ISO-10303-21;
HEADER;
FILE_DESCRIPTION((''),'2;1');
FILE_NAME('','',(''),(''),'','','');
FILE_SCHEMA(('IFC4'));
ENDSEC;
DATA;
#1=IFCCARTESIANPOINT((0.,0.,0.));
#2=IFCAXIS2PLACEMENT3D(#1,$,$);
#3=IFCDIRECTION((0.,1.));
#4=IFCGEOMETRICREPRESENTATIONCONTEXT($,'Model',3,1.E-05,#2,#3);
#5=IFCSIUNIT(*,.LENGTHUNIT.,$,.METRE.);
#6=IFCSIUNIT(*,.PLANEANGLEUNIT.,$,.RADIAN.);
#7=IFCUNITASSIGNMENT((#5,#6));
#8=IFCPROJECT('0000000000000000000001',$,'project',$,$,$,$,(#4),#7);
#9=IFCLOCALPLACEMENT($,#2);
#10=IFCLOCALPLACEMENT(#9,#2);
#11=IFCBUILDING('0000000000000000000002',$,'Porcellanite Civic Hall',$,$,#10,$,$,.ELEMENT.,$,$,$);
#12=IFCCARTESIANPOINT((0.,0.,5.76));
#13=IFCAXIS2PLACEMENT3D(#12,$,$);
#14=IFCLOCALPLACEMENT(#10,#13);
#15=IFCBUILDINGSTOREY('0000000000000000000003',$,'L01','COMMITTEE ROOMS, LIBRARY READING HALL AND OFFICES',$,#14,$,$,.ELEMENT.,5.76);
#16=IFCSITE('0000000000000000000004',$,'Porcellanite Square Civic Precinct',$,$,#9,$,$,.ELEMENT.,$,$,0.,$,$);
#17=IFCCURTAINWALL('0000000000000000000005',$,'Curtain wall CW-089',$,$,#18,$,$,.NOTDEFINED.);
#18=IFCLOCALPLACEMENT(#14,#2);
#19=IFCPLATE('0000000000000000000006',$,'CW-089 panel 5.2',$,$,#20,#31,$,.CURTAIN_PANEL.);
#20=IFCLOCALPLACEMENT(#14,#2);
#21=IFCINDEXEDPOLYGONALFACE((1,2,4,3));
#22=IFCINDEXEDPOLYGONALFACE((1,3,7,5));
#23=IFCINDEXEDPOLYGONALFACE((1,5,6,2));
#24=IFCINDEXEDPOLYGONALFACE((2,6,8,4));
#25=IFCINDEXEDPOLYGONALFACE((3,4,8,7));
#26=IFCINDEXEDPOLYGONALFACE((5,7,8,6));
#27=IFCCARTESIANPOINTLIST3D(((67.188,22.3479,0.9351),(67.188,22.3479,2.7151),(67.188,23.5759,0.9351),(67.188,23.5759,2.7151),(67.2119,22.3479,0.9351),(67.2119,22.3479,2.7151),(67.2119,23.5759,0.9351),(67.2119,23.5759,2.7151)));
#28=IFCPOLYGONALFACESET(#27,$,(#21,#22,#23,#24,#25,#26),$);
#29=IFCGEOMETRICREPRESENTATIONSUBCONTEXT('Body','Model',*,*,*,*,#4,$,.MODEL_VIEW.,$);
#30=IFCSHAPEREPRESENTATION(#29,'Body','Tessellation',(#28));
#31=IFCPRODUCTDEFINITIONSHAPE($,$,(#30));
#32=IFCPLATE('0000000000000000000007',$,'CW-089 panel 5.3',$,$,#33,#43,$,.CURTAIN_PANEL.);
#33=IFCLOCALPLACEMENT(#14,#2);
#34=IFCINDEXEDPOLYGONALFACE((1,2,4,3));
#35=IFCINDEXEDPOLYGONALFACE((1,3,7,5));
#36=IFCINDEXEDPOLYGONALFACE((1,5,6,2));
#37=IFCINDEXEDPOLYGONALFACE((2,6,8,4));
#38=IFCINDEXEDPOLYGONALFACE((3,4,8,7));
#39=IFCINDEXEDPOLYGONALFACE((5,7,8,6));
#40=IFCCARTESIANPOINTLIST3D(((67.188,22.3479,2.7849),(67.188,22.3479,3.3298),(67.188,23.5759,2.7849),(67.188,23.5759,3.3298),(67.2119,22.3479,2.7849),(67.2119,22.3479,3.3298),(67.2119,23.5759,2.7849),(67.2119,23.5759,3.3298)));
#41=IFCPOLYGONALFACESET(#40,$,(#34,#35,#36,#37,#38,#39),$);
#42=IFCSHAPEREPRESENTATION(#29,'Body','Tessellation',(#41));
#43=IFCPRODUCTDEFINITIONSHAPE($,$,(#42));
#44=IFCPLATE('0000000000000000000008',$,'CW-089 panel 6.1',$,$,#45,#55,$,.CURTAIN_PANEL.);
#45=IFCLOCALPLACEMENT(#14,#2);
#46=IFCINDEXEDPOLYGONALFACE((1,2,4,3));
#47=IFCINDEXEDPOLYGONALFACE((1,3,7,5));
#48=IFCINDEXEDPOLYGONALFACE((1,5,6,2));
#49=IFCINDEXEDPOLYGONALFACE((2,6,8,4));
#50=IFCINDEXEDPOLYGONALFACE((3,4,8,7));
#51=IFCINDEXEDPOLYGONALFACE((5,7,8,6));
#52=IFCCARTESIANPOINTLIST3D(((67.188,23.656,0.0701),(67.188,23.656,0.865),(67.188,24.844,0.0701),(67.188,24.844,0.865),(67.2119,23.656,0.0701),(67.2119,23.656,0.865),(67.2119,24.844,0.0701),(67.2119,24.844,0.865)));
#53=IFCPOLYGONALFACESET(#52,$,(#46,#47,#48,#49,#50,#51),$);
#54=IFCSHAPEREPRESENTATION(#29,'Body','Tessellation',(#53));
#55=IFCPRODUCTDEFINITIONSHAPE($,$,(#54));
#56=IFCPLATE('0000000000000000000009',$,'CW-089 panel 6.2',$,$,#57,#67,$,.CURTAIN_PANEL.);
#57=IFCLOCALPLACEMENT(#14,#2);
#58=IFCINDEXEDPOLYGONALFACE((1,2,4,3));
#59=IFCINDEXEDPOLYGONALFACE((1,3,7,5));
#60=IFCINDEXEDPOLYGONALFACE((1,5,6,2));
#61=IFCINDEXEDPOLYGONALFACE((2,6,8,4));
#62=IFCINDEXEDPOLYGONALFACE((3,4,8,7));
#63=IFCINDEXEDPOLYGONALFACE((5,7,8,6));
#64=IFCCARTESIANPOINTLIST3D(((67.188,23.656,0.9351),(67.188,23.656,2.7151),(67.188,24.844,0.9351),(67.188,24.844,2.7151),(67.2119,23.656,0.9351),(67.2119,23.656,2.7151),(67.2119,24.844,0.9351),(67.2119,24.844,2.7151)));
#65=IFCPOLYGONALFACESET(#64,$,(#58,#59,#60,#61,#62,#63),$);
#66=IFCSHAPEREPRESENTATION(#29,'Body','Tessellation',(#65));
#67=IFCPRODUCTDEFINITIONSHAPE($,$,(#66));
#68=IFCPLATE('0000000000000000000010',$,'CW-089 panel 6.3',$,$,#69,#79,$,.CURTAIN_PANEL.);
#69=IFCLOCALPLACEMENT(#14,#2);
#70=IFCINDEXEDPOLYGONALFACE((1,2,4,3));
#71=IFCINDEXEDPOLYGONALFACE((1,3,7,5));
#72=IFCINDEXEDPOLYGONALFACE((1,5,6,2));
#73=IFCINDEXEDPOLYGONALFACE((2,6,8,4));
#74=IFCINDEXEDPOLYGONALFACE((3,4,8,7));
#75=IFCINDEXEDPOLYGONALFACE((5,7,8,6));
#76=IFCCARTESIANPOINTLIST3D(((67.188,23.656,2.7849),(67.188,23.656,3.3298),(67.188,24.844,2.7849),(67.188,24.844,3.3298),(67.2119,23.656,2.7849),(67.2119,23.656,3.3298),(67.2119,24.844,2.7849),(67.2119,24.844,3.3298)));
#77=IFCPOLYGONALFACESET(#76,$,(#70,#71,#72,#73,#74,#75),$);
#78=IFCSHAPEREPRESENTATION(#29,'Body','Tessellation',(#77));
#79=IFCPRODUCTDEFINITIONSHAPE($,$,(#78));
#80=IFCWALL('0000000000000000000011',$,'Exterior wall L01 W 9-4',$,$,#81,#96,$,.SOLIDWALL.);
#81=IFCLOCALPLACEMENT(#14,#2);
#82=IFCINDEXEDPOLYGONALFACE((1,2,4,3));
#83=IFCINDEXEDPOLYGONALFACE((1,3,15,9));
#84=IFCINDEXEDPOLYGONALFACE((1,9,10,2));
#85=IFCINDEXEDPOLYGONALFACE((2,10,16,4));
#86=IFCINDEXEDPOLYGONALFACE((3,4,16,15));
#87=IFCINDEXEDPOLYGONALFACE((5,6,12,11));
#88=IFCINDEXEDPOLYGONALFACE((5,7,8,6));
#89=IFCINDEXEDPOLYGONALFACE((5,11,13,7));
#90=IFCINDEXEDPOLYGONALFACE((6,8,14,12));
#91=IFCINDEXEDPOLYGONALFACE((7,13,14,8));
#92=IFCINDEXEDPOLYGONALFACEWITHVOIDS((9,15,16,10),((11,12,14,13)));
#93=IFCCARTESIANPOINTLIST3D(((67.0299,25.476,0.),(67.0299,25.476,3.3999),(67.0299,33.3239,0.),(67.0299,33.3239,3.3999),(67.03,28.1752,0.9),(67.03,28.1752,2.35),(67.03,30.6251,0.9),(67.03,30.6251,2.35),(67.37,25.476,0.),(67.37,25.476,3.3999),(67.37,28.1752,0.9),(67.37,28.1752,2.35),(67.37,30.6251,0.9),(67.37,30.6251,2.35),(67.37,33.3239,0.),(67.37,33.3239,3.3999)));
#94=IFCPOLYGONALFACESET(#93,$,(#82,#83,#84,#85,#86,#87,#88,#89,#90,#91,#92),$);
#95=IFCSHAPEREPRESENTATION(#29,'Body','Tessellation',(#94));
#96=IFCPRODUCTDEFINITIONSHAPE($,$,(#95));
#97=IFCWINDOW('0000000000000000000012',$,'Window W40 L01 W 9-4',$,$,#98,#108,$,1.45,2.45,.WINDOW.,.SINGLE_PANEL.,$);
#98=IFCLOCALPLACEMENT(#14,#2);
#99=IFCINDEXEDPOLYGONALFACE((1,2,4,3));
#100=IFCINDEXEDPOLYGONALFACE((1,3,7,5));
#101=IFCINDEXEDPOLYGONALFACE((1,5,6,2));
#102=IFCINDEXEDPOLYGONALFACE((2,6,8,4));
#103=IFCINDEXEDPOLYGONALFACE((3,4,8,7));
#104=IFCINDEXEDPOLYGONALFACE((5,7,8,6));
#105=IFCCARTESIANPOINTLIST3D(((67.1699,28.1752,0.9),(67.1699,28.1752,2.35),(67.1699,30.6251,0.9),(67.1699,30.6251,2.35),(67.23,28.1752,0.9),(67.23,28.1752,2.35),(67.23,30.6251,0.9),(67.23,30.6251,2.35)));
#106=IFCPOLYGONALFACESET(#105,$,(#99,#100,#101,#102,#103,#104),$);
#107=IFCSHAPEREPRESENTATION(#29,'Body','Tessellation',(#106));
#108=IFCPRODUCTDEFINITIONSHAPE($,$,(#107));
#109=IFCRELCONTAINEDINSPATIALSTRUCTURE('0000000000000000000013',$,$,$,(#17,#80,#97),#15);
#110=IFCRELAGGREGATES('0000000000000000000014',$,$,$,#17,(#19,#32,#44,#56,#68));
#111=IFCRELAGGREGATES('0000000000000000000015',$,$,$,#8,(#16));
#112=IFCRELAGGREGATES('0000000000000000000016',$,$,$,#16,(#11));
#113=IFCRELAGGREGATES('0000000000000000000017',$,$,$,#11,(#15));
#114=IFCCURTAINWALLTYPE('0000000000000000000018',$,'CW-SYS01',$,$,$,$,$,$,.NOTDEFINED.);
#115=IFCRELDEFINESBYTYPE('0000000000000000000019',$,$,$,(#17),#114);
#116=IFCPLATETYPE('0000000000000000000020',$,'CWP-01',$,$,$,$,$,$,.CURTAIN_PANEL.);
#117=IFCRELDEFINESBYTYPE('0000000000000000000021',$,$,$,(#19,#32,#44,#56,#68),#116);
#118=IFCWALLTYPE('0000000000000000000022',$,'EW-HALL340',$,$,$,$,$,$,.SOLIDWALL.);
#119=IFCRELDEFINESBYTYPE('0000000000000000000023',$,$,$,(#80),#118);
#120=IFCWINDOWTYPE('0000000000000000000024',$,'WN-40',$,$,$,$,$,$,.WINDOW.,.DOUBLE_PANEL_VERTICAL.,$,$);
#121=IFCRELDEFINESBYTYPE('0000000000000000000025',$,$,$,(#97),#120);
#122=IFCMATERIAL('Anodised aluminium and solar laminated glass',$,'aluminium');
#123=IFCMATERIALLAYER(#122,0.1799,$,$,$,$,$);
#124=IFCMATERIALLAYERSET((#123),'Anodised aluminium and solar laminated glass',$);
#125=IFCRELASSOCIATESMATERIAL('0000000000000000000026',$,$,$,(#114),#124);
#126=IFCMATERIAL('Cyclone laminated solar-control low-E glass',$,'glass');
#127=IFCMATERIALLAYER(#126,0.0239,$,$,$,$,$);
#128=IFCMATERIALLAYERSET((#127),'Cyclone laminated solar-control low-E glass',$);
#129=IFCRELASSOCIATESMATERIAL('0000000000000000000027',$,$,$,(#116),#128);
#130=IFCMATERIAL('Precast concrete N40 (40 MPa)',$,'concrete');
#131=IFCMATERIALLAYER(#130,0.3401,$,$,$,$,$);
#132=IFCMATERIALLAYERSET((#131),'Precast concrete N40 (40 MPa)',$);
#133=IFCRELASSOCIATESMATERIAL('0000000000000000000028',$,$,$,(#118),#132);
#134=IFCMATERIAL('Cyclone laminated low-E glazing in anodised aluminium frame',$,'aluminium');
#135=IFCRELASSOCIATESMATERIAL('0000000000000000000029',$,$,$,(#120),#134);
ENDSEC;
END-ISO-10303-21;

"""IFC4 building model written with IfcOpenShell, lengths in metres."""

from ifc_helpers import new_model, si_unit, direction, frame, frame_2d, origin, origin_2d, place, context, subcontext, project, spatial, rectangle, extrude, material, layer, layer_set, type_object, element, fill, aggregate, save


model = new_model("IFC4")

# Units and contexts
model_context = context("Model", 3, precision=1e-05, world=origin(), true_north=direction((0.0, 1.0)))
body_context = subcontext(model_context, "Body", "Model", "MODEL_VIEW")
ifc_project = project(units=[si_unit("LENGTHUNIT", "METRE"), si_unit("PLANEANGLEUNIT", "RADIAN")], contexts=[model_context])

# Site, building, storey
site_placement = place(None, origin())
site = spatial("IfcSite", under=ifc_project, at=site_placement, Name="Porcellanite Square Civic Precinct", CompositionType="ELEMENT", RefElevation=0.0)
building_placement = place(site_placement, origin())
building = spatial("IfcBuilding", under=site, at=building_placement, Name="Porcellanite Civic Hall", CompositionType="ELEMENT")
storey_placement = place(building_placement, frame((0.0, 0.0, 5.76)))
storey = spatial("IfcBuildingStorey", under=building, at=storey_placement, Name="L01", Description="COMMITTEE ROOMS, LIBRARY READING HALL AND OFFICES", CompositionType="ELEMENT", Elevation=5.76)

# Curtain wall, plates
ifc_material_1 = material(Name="Anodised aluminium and solar laminated glass", Category="aluminium")
ifc_layer_1 = layer(ifc_material_1, 0.1799)
ifc_layer_set_1 = layer_set([ifc_layer_1], Name="Anodised aluminium and solar laminated glass")
curtain_wall_type = type_object("IfcCurtainWallType", Name="CW-SYS01", PredefinedType="NOTDEFINED", material=ifc_layer_set_1)
curtain_wall_placement = place(storey_placement, origin())
curtain_wall = element("IfcCurtainWall", 1, at=curtain_wall_placement, inside=storey, type_object=curtain_wall_type, Name="Curtain wall CW-089", PredefinedType="NOTDEFINED")
ifc_material_2 = material(Name="Cyclone laminated solar-control low-E glass", Category="glass")
ifc_layer_2 = layer(ifc_material_2, 0.0239)
ifc_layer_set_2 = layer_set([ifc_layer_2], Name="Cyclone laminated solar-control low-E glass")
plate_type = type_object("IfcPlateType", Name="CWP-01", PredefinedType="CURTAIN_PANEL", material=ifc_layer_set_2)
plate_1_placement = place(storey_placement, frame((67.2, 22.9619, 0.9351), z_axis=(0.0, 0.0, 1.0), x_axis=(0.0, 1.0, 0.0)))
plate_1 = element("IfcPlate", 2, at=plate_1_placement, type_object=plate_type, Name="CW-089 panel 5.2", PredefinedType="CURTAIN_PANEL", context=body_context, shape_type="SweptSolid", body=[
    extrude(rectangle(XDim=1.228, YDim=0.0239, at=origin_2d()), origin(), (0.0, 0.0, 1.0), 1.78),
])
plate_2_placement = place(storey_placement, frame((67.2, 22.9619, 2.7849), z_axis=(0.0, 0.0, 1.0), x_axis=(0.0, 1.0, 0.0)))
plate_2 = element("IfcPlate", 3, at=plate_2_placement, type_object=plate_type, Name="CW-089 panel 5.3", PredefinedType="CURTAIN_PANEL", context=body_context, shape_type="SweptSolid", body=[
    extrude(rectangle(XDim=1.228, YDim=0.0239, at=origin_2d()), origin(), (0.0, 0.0, 1.0), 0.5449),
])
plate_3_placement = place(storey_placement, frame((67.2, 24.25, 0.0701), z_axis=(0.0, 0.0, 1.0), x_axis=(0.0, 1.0, 0.0)))
plate_3 = element("IfcPlate", 4, at=plate_3_placement, type_object=plate_type, Name="CW-089 panel 6.1", PredefinedType="CURTAIN_PANEL", context=body_context, shape_type="SweptSolid", body=[
    extrude(rectangle(XDim=1.188, YDim=0.0239, at=origin_2d()), origin(), (0.0, 0.0, 1.0), 0.7949),
])
plate_4_placement = place(storey_placement, frame((67.2, 24.25, 0.9351), z_axis=(0.0, 0.0, 1.0), x_axis=(0.0, 1.0, 0.0)))
plate_4 = element("IfcPlate", 5, at=plate_4_placement, type_object=plate_type, Name="CW-089 panel 6.2", PredefinedType="CURTAIN_PANEL", context=body_context, shape_type="SweptSolid", body=[
    extrude(rectangle(XDim=1.188, YDim=0.0239, at=origin_2d()), origin(), (0.0, 0.0, 1.0), 1.78),
])
plate_5_placement = place(storey_placement, frame((67.2, 24.25, 2.7849), z_axis=(0.0, 0.0, 1.0), x_axis=(0.0, 1.0, 0.0)))
plate_5 = element("IfcPlate", 6, at=plate_5_placement, type_object=plate_type, Name="CW-089 panel 6.3", PredefinedType="CURTAIN_PANEL", context=body_context, shape_type="SweptSolid", body=[
    extrude(rectangle(XDim=1.188, YDim=0.0239, at=origin_2d()), origin(), (0.0, 0.0, 1.0), 0.5449),
])
aggregate(curtain_wall, [plate_1, plate_2, plate_3, plate_4, plate_5])

# Wall, opening, window
ifc_material_3 = material(Name="Precast concrete N40 (40 MPa)", Category="concrete")
ifc_layer_3 = layer(ifc_material_3, 0.3401)
ifc_layer_set_3 = layer_set([ifc_layer_3], Name="Precast concrete N40 (40 MPa)")
wall_type = type_object("IfcWallType", Name="EW-HALL340", PredefinedType="SOLIDWALL", material=ifc_layer_set_3)
wall_placement = place(storey_placement, frame((67.2, 25.4761, 0.0), z_axis=(0.0, 0.0, 1.0), x_axis=(0.0, 1.0, 0.0)))
wall = element("IfcWall", 7, at=wall_placement, inside=storey, type_object=wall_type, Name="Exterior wall L01 W 9-4", PredefinedType="SOLIDWALL", context=body_context, shape_type="SweptSolid", body=[
    extrude(rectangle(XDim=7.8479, YDim=0.3401, at=frame_2d((3.9238, 0.0))), origin(), (0.0, 0.0, 1.0), 3.3999),
])
opening_placement = place(wall_placement, frame((2.699, 0.0, 0.8999)))
opening = element("IfcOpeningElement", 8, at=opening_placement, cuts=wall, PredefinedType="OPENING", context=body_context, shape_type="SweptSolid", body=[
    extrude(rectangle(XDim=2.45, YDim=1.45, at=frame_2d((1.2251, 0.7251))), frame((0.0, 0.1699, 0.0), z_axis=(0.0, -1.0, 0.0), x_axis=(1.0, 0.0, 0.0)), (0.0, 0.0, 1.0), 0.3401),
])
ifc_material_4 = material(Name="Cyclone laminated low-E glazing in anodised aluminium frame", Category="aluminium")
window_type = type_object("IfcWindowType", Name="WN-40", PartitioningType="DOUBLE_PANEL_VERTICAL", PredefinedType="WINDOW", material=ifc_material_4)
window_placement = place(opening_placement, origin())
window = element("IfcWindow", 9, at=window_placement, inside=storey, type_object=window_type, Name="Window W40 L01 W 9-4", OverallHeight=1.45, OverallWidth=2.45, PartitioningType="SINGLE_PANEL", PredefinedType="WINDOW", context=body_context, shape_type="SweptSolid", body=[
    extrude(rectangle(XDim=2.45, YDim=1.45, at=frame_2d((1.2251, 0.7251))), frame((0.0, 0.03, 0.0), z_axis=(0.0, -1.0, 0.0), x_axis=(1.0, 0.0, 0.0)), (0.0, 0.0, 1.0), 0.0601),
])
fill(opening, window)

save(model, "model.ifc")
